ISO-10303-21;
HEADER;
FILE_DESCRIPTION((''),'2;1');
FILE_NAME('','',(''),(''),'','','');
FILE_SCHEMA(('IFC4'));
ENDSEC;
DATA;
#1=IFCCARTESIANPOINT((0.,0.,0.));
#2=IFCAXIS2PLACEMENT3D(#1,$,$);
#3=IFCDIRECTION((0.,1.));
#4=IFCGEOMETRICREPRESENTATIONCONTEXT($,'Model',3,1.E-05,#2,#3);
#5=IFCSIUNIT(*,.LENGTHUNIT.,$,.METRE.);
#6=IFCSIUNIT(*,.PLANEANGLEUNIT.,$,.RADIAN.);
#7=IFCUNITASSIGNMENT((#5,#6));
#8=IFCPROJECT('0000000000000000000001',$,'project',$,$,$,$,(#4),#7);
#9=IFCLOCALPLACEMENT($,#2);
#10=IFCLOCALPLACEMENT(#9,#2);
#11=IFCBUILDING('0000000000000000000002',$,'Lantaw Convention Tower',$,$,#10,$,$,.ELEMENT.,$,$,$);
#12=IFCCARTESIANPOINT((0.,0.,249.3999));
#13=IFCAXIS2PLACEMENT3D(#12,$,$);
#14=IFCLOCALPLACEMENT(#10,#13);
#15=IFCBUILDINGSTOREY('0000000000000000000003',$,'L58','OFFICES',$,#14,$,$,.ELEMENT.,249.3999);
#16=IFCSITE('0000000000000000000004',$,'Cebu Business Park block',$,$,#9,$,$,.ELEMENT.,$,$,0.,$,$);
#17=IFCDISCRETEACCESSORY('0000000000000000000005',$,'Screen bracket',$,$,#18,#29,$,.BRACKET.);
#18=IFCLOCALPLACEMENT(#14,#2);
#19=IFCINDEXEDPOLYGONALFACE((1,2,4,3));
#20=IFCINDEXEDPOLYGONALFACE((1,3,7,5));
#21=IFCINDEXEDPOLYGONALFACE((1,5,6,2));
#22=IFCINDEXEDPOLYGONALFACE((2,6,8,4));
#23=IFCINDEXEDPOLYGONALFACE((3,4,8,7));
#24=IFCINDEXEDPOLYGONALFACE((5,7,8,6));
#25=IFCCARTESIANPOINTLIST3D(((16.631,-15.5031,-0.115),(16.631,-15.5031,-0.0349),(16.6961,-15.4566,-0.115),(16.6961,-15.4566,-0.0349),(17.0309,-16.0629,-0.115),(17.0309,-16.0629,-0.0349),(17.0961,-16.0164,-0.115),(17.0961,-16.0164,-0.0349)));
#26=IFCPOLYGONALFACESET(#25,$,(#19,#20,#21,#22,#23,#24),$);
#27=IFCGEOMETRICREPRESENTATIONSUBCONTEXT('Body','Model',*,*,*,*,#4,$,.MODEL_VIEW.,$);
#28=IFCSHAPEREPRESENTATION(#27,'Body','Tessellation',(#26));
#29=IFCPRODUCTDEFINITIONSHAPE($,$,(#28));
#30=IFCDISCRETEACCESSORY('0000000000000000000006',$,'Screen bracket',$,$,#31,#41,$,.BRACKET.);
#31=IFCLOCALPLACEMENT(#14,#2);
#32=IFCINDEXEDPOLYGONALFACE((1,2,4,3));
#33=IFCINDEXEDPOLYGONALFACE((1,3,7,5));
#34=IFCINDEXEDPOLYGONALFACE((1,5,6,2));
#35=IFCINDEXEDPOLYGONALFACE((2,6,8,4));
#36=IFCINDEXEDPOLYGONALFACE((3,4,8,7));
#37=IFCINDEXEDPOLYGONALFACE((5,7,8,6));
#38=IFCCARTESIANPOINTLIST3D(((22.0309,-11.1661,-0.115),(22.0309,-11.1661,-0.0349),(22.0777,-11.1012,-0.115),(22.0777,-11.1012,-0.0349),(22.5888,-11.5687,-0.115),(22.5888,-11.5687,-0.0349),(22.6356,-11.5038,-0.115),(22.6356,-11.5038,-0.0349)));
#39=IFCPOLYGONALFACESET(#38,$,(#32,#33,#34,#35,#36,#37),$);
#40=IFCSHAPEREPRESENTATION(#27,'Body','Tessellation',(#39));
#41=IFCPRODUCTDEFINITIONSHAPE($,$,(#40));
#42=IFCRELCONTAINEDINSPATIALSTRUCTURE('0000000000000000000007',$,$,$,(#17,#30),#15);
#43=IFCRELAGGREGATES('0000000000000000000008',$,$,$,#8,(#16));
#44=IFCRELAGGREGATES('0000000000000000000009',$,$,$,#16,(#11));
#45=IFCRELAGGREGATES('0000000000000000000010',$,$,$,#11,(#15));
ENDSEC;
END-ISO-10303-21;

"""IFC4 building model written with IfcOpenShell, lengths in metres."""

from ifc_helpers import new_model, si_unit, direction, frame, origin, origin_2d, place, context, subcontext, project, spatial, rectangle, extrude, element, save


model = new_model("IFC4")

# Units and contexts
model_context = context("Model", 3, precision=1e-05, world=origin(), true_north=direction((0.0, 1.0)))
body_context = subcontext(model_context, "Body", "Model", "MODEL_VIEW")
ifc_project = project(units=[si_unit("LENGTHUNIT", "METRE"), si_unit("PLANEANGLEUNIT", "RADIAN")], contexts=[model_context])

# Site, building, storey
site_placement = place(None, origin())
site = spatial("IfcSite", under=ifc_project, at=site_placement, Name="Cebu Business Park block", CompositionType="ELEMENT", RefElevation=0.0)
building_placement = place(site_placement, origin())
building = spatial("IfcBuilding", under=site, at=building_placement, Name="Lantaw Convention Tower", CompositionType="ELEMENT")
storey_placement = place(building_placement, frame((0.0, 0.0, 249.3999)))
storey = spatial("IfcBuildingStorey", under=building, at=storey_placement, Name="L58", Description="OFFICES", CompositionType="ELEMENT", Elevation=249.3999)

# Discrete accessories
for number, where, z_axis, x_axis, name in (
    (1, (16.8635, -15.7598, -0.115), (0.0, 0.0, 1.0), (0.813673, 0.581323, 0.0), "Screen bracket"),
    (2, (22.3333, -11.335, -0.115), (0.0, 0.0, 1.0), (0.585158, 0.81092, 0.0), "Screen bracket"),
):
    element("IfcDiscreteAccessory", number, at=place(storey_placement, frame(where, z_axis=z_axis, x_axis=x_axis)), inside=storey, Name=name, PredefinedType="BRACKET", context=body_context, shape_type="SweptSolid", body=[
        extrude(rectangle(XDim=0.0801, YDim=0.688, at=origin_2d()), origin(), (0.0, 0.0, 1.0), 0.0801),
    ])

save(model, "model.ifc")
